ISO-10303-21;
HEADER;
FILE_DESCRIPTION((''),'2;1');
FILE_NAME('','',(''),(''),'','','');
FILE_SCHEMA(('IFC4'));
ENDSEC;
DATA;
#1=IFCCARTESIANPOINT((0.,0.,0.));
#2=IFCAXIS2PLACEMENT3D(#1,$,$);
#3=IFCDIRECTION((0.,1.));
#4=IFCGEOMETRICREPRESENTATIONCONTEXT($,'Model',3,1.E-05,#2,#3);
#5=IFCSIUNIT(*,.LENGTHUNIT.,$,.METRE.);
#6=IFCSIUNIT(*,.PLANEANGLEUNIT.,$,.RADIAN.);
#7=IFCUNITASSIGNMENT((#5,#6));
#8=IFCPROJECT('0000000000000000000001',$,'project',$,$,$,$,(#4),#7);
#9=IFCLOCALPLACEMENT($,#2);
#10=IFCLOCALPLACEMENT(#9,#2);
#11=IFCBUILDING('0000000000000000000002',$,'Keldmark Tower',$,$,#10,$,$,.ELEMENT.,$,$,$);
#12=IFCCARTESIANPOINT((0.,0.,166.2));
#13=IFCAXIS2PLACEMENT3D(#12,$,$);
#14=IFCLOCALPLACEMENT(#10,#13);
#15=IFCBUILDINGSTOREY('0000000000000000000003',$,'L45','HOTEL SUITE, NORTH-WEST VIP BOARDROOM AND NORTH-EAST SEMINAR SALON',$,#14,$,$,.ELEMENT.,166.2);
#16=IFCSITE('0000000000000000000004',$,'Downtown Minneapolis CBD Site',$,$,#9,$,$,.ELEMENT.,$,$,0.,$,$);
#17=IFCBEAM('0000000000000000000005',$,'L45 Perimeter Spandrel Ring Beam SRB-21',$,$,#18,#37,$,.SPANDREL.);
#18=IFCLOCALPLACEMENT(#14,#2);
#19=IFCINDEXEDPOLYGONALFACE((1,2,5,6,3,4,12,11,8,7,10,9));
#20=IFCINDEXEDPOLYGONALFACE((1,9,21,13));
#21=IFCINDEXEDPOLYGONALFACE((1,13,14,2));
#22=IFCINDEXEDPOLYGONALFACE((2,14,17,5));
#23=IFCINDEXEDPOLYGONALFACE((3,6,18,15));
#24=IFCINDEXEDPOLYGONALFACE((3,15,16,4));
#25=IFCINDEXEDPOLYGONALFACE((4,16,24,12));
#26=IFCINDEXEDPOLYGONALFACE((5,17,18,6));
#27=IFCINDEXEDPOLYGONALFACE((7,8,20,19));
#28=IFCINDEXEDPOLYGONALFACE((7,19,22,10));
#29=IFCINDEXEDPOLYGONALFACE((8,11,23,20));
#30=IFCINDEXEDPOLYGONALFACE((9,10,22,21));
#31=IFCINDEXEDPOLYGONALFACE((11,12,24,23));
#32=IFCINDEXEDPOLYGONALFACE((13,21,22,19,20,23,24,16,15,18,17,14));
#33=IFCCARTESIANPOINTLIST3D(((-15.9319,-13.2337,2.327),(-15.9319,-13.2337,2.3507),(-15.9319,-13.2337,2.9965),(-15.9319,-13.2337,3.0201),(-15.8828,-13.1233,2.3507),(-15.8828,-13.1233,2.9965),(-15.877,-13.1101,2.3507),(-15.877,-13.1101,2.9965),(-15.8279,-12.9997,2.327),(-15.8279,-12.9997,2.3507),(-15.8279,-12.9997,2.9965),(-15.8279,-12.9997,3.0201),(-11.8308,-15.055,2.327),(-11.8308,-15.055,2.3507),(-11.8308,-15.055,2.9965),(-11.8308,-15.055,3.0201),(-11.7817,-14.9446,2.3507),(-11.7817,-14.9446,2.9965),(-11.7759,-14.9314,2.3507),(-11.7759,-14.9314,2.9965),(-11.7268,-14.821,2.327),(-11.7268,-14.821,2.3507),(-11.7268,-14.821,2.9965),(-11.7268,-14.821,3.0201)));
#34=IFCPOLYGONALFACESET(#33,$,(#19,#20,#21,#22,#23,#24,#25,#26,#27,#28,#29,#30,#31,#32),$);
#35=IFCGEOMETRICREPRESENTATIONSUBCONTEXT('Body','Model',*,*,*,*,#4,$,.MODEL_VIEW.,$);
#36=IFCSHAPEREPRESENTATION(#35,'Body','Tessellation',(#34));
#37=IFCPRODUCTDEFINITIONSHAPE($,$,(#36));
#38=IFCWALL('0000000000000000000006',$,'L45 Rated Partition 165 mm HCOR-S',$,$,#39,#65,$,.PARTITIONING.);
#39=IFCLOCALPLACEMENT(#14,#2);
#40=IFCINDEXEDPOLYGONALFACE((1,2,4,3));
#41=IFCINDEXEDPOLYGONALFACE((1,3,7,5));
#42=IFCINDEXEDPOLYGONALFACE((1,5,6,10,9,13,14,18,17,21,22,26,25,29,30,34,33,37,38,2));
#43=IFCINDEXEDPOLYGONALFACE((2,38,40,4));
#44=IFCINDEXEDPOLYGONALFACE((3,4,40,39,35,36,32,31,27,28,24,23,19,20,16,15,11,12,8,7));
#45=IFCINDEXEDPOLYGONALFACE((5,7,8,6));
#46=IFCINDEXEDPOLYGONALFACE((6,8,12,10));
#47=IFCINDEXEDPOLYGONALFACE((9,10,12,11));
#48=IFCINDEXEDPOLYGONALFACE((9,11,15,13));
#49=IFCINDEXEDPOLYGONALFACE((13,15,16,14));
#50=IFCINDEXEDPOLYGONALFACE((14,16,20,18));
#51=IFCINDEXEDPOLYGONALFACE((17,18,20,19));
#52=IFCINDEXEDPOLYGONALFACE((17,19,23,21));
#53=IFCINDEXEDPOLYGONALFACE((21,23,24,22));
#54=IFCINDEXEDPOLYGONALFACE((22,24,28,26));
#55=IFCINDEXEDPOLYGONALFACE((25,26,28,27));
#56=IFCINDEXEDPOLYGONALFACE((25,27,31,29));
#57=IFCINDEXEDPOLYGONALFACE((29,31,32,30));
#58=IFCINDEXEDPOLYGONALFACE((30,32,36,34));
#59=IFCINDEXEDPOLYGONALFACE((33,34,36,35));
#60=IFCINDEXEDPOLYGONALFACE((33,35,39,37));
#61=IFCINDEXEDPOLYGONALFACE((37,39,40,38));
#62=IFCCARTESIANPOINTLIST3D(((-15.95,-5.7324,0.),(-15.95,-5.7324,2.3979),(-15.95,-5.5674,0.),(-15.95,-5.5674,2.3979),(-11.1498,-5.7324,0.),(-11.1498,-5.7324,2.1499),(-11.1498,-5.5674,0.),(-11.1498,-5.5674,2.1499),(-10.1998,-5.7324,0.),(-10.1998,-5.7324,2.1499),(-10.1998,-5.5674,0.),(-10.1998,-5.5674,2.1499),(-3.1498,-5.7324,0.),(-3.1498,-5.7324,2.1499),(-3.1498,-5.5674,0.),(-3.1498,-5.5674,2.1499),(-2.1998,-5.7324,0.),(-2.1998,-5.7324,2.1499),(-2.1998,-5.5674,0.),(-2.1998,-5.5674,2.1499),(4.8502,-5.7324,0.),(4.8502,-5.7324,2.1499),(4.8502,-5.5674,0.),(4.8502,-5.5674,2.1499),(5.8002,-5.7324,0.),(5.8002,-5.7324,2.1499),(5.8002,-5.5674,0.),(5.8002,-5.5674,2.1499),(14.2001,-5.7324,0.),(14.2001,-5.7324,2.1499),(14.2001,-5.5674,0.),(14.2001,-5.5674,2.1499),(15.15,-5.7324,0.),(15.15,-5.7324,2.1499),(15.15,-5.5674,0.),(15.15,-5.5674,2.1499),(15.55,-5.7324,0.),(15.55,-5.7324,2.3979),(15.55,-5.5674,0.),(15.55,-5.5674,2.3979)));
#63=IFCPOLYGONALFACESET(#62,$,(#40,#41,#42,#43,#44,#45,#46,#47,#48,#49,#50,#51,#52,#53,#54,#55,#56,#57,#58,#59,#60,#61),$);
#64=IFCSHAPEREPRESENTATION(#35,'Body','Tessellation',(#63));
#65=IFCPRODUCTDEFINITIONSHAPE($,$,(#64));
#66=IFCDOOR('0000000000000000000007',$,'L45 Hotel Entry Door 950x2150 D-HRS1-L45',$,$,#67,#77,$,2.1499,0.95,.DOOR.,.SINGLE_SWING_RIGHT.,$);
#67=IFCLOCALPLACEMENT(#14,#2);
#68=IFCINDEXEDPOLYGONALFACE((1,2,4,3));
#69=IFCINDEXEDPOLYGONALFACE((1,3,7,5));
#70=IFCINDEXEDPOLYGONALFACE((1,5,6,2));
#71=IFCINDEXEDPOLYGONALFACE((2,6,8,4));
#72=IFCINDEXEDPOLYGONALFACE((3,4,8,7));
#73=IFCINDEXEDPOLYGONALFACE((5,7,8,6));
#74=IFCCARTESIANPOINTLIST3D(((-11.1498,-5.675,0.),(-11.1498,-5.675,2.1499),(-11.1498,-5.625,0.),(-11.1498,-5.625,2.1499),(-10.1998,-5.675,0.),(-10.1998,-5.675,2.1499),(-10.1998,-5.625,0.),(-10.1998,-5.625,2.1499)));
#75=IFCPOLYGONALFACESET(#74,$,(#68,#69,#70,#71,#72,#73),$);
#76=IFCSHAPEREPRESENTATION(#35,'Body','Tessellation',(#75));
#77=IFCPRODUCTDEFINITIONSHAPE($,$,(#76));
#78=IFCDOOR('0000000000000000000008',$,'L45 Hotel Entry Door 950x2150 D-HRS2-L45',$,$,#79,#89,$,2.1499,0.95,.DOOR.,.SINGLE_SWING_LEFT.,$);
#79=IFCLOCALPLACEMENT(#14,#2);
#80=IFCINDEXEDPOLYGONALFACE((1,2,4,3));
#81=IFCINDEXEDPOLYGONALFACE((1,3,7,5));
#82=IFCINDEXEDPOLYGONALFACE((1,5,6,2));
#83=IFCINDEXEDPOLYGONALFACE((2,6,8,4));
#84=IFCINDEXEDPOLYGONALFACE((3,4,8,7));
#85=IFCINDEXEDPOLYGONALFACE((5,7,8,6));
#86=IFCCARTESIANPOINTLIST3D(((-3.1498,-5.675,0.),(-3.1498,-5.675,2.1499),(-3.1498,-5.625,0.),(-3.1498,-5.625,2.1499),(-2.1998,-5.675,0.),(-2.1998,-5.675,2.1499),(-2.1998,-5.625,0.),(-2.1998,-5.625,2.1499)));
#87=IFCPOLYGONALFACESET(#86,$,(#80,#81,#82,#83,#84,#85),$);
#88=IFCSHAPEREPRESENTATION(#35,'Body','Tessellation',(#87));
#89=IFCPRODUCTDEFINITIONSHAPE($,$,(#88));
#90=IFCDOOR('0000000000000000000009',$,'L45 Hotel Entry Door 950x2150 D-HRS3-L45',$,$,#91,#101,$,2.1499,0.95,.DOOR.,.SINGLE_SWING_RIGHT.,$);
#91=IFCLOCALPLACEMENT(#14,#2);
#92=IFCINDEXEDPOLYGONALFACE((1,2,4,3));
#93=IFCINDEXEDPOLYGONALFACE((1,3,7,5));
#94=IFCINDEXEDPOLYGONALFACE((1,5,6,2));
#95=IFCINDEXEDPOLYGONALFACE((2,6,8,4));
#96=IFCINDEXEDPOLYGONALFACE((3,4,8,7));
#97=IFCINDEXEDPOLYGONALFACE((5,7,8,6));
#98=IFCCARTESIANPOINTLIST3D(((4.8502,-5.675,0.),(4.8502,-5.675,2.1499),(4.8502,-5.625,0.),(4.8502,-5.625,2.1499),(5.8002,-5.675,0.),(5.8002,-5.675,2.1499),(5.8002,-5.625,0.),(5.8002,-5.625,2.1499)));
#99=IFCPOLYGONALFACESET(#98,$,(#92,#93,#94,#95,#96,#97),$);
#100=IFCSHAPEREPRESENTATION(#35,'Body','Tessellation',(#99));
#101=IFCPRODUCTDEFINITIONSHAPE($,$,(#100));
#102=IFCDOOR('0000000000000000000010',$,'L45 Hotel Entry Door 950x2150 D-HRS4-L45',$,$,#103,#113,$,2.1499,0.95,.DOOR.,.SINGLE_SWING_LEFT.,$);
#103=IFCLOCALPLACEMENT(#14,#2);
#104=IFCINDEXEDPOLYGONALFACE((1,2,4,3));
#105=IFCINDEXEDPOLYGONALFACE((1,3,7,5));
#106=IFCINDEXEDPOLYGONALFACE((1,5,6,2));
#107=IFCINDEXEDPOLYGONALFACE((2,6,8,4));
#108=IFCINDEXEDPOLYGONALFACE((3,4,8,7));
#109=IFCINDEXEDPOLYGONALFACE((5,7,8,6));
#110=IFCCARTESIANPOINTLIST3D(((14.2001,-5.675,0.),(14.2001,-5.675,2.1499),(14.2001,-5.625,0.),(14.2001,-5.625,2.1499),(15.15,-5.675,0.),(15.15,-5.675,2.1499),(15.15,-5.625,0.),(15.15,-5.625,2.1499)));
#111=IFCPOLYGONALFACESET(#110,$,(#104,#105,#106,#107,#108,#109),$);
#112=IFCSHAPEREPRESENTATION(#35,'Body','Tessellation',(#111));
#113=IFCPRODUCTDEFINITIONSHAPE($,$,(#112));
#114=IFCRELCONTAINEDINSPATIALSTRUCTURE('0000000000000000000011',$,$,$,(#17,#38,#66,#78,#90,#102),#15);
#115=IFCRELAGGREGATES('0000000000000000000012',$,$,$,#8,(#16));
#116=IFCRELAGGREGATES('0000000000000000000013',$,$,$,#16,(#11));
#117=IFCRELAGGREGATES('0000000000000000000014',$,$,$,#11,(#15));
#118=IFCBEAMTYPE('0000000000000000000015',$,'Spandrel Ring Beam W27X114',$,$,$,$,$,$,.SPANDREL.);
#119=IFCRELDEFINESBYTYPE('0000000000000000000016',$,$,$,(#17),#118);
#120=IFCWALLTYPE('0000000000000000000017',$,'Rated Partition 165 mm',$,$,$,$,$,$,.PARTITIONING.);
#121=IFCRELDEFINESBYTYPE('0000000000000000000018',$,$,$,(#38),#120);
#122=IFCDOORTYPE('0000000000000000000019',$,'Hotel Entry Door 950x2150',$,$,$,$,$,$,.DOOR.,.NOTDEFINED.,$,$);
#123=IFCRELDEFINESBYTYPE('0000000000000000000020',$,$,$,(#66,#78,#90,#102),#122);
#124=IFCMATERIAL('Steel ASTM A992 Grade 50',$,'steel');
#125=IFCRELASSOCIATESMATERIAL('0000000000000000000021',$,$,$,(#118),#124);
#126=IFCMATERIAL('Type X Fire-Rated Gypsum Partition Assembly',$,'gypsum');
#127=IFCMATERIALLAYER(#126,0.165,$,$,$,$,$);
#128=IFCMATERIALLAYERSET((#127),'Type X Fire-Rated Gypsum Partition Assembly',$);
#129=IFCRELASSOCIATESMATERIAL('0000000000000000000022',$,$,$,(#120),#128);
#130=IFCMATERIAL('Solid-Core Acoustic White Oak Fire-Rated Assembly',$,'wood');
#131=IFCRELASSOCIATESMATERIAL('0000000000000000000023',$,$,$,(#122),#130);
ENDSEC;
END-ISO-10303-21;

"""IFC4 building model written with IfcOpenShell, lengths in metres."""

from ifc_helpers import new_model, si_unit, direction, frame, frame_2d, origin, origin_2d, place, context, subcontext, project, spatial, rectangle, i_section, extrude, material, layer, layer_set, material_profile, profile_set, type_object, element, fill, save


model = new_model("IFC4")

# Units and contexts
model_context = context("Model", 3, precision=1e-05, world=origin(), true_north=direction((0.0, 1.0)))
body_context = subcontext(model_context, "Body", "Model", "MODEL_VIEW")
ifc_project = project(units=[si_unit("LENGTHUNIT", "METRE"), si_unit("PLANEANGLEUNIT", "RADIAN")], contexts=[model_context])

# Site, building, storey
site_placement = place(None, origin())
site = spatial("IfcSite", under=ifc_project, at=site_placement, Name="Downtown Minneapolis CBD Site", CompositionType="ELEMENT", RefElevation=0.0)
building_placement = place(site_placement, origin())
building = spatial("IfcBuilding", under=site, at=building_placement, Name="Keldmark Tower", CompositionType="ELEMENT")
storey_placement = place(building_placement, frame((0.0, 0.0, 166.2)))
storey = spatial("IfcBuildingStorey", under=building, at=storey_placement, Name="L45", Description="HOTEL SUITE, NORTH-WEST VIP BOARDROOM AND NORTH-EAST SEMINAR SALON", CompositionType="ELEMENT", Elevation=166.2)

# Beam
ifc_material_1 = material(Name="Steel ASTM A992 Grade 50", Category="steel")
ifc_material_profile_1 = material_profile(ifc_material_1, i_section(OverallWidth=0.2561, OverallDepth=0.6931, WebThickness=0.0144, FlangeThickness=0.0237, at=origin_2d()), Name="W27X114")
ifc_profile_set_1 = profile_set([ifc_material_profile_1], Name="Steel ASTM A992 Grade 50")
beam_type_1 = type_object("IfcBeamType", Name="Spandrel Ring Beam W27X114", PredefinedType="SPANDREL", material=ifc_profile_set_1)
beam_1_placement = place(storey_placement, frame((-15.8799, -13.1167, 2.6736), z_axis=(0.913928, -0.405876, 0.0), x_axis=(0.405876, 0.913928, 0.0)))
element("IfcBeam", 1, at=beam_1_placement, inside=storey, type_object=beam_type_1, Name="L45 Perimeter Spandrel Ring Beam SRB-21", PredefinedType="SPANDREL", context=body_context, shape_type="SweptSolid", body=[
    extrude(i_section(OverallWidth=0.2561, OverallDepth=0.6931, WebThickness=0.0144, FlangeThickness=0.0237, at=origin_2d()), origin(), (0.0, 0.0, 1.0), 4.4873),
])

# Wall, openings, doors
ifc_material_2 = material(Name="Type X Fire-Rated Gypsum Partition Assembly", Category="gypsum")
ifc_layer_1 = layer(ifc_material_2, 0.165)
ifc_layer_set_1 = layer_set([ifc_layer_1], Name="Type X Fire-Rated Gypsum Partition Assembly")
wall_type_1 = type_object("IfcWallType", Name="Rated Partition 165 mm", PredefinedType="PARTITIONING", material=ifc_layer_set_1)
wall_1_placement = place(storey_placement, frame((-15.95, -5.6499, 0.0), z_axis=(0.0, 0.0, 1.0), x_axis=(1.0, 0.0, 0.0)))
wall_1 = element("IfcWall", 2, at=wall_1_placement, inside=storey, type_object=wall_type_1, Name="L45 Rated Partition 165 mm HCOR-S", PredefinedType="PARTITIONING", context=body_context, shape_type="SweptSolid", body=[
    extrude(rectangle(XDim=31.5, YDim=0.165, at=frame_2d((15.75, 0.0))), origin(), (0.0, 0.0, 1.0), 2.3979),
])
opening_1_placement = place(wall_1_placement, frame((4.8, 0.0, 0.0)))
opening_1 = element("IfcOpeningElement", 3, at=opening_1_placement, cuts=wall_1, PredefinedType="OPENING", context=body_context, shape_type="SweptSolid", body=[
    extrude(rectangle(XDim=0.95, YDim=2.1499, at=frame_2d((0.4751, 1.075))), frame((0.0, 0.0925, 0.0), z_axis=(0.0, -1.0, 0.0), x_axis=(1.0, 0.0, 0.0)), (0.0, 0.0, 1.0), 0.1851),
])
opening_2_placement = place(wall_1_placement, frame((12.8, 0.0, 0.0)))
opening_2 = element("IfcOpeningElement", 4, at=opening_2_placement, cuts=wall_1, PredefinedType="OPENING", context=body_context, shape_type="SweptSolid", body=[
    extrude(rectangle(XDim=0.95, YDim=2.1499, at=frame_2d((0.4751, 1.075))), frame((0.0, 0.0925, 0.0), z_axis=(0.0, -1.0, 0.0), x_axis=(1.0, 0.0, 0.0)), (0.0, 0.0, 1.0), 0.1851),
])
opening_3_placement = place(wall_1_placement, frame((20.8, 0.0, 0.0)))
opening_3 = element("IfcOpeningElement", 5, at=opening_3_placement, cuts=wall_1, PredefinedType="OPENING", context=body_context, shape_type="SweptSolid", body=[
    extrude(rectangle(XDim=0.95, YDim=2.1499, at=frame_2d((0.4751, 1.075))), frame((0.0, 0.0925, 0.0), z_axis=(0.0, -1.0, 0.0), x_axis=(1.0, 0.0, 0.0)), (0.0, 0.0, 1.0), 0.1851),
])
opening_4_placement = place(wall_1_placement, frame((30.1499, 0.0, 0.0)))
opening_4 = element("IfcOpeningElement", 6, at=opening_4_placement, cuts=wall_1, PredefinedType="OPENING", context=body_context, shape_type="SweptSolid", body=[
    extrude(rectangle(XDim=0.95, YDim=2.1499, at=frame_2d((0.4751, 1.075))), frame((0.0, 0.0925, 0.0), z_axis=(0.0, -1.0, 0.0), x_axis=(1.0, 0.0, 0.0)), (0.0, 0.0, 1.0), 0.1851),
])
ifc_material_3 = material(Name="Solid-Core Acoustic White Oak Fire-Rated Assembly", Category="wood")
door_type_1 = type_object("IfcDoorType", Name="Hotel Entry Door 950x2150", OperationType="NOTDEFINED", PredefinedType="DOOR", material=ifc_material_3)
door_1_placement = place(opening_1_placement, origin())
door_1 = element("IfcDoor", 7, at=door_1_placement, inside=storey, type_object=door_type_1, Name="L45 Hotel Entry Door 950x2150 D-HRS1-L45", OperationType="SINGLE_SWING_RIGHT", OverallHeight=2.1499, OverallWidth=0.95, PredefinedType="DOOR", context=body_context, shape_type="SweptSolid", body=[
    extrude(rectangle(XDim=0.95, YDim=2.1499, at=frame_2d((0.4751, 1.075))), frame((0.0, 0.0249, 0.0), z_axis=(0.0, -1.0, 0.0), x_axis=(1.0, 0.0, 0.0)), (0.0, 0.0, 1.0), 0.05),
])
fill(opening_1, door_1)
door_2_placement = place(opening_2_placement, origin())
door_2 = element("IfcDoor", 8, at=door_2_placement, inside=storey, type_object=door_type_1, Name="L45 Hotel Entry Door 950x2150 D-HRS2-L45", OperationType="SINGLE_SWING_LEFT", OverallHeight=2.1499, OverallWidth=0.95, PredefinedType="DOOR", context=body_context, shape_type="SweptSolid", body=[
    extrude(rectangle(XDim=0.95, YDim=2.1499, at=frame_2d((0.4751, 1.075))), frame((0.0, 0.0249, 0.0), z_axis=(0.0, -1.0, 0.0), x_axis=(1.0, 0.0, 0.0)), (0.0, 0.0, 1.0), 0.05),
])
fill(opening_2, door_2)
door_3_placement = place(opening_3_placement, origin())
door_3 = element("IfcDoor", 9, at=door_3_placement, inside=storey, type_object=door_type_1, Name="L45 Hotel Entry Door 950x2150 D-HRS3-L45", OperationType="SINGLE_SWING_RIGHT", OverallHeight=2.1499, OverallWidth=0.95, PredefinedType="DOOR", context=body_context, shape_type="SweptSolid", body=[
    extrude(rectangle(XDim=0.95, YDim=2.1499, at=frame_2d((0.4751, 1.075))), frame((0.0, 0.0249, 0.0), z_axis=(0.0, -1.0, 0.0), x_axis=(1.0, 0.0, 0.0)), (0.0, 0.0, 1.0), 0.05),
])
fill(opening_3, door_3)
door_4_placement = place(opening_4_placement, origin())
door_4 = element("IfcDoor", 10, at=door_4_placement, inside=storey, type_object=door_type_1, Name="L45 Hotel Entry Door 950x2150 D-HRS4-L45", OperationType="SINGLE_SWING_LEFT", OverallHeight=2.1499, OverallWidth=0.95, PredefinedType="DOOR", context=body_context, shape_type="SweptSolid", body=[
    extrude(rectangle(XDim=0.95, YDim=2.1499, at=frame_2d((0.4751, 1.075))), frame((0.0, 0.0249, 0.0), z_axis=(0.0, -1.0, 0.0), x_axis=(1.0, 0.0, 0.0)), (0.0, 0.0, 1.0), 0.05),
])
fill(opening_4, door_4)

save(model, "model.ifc")
